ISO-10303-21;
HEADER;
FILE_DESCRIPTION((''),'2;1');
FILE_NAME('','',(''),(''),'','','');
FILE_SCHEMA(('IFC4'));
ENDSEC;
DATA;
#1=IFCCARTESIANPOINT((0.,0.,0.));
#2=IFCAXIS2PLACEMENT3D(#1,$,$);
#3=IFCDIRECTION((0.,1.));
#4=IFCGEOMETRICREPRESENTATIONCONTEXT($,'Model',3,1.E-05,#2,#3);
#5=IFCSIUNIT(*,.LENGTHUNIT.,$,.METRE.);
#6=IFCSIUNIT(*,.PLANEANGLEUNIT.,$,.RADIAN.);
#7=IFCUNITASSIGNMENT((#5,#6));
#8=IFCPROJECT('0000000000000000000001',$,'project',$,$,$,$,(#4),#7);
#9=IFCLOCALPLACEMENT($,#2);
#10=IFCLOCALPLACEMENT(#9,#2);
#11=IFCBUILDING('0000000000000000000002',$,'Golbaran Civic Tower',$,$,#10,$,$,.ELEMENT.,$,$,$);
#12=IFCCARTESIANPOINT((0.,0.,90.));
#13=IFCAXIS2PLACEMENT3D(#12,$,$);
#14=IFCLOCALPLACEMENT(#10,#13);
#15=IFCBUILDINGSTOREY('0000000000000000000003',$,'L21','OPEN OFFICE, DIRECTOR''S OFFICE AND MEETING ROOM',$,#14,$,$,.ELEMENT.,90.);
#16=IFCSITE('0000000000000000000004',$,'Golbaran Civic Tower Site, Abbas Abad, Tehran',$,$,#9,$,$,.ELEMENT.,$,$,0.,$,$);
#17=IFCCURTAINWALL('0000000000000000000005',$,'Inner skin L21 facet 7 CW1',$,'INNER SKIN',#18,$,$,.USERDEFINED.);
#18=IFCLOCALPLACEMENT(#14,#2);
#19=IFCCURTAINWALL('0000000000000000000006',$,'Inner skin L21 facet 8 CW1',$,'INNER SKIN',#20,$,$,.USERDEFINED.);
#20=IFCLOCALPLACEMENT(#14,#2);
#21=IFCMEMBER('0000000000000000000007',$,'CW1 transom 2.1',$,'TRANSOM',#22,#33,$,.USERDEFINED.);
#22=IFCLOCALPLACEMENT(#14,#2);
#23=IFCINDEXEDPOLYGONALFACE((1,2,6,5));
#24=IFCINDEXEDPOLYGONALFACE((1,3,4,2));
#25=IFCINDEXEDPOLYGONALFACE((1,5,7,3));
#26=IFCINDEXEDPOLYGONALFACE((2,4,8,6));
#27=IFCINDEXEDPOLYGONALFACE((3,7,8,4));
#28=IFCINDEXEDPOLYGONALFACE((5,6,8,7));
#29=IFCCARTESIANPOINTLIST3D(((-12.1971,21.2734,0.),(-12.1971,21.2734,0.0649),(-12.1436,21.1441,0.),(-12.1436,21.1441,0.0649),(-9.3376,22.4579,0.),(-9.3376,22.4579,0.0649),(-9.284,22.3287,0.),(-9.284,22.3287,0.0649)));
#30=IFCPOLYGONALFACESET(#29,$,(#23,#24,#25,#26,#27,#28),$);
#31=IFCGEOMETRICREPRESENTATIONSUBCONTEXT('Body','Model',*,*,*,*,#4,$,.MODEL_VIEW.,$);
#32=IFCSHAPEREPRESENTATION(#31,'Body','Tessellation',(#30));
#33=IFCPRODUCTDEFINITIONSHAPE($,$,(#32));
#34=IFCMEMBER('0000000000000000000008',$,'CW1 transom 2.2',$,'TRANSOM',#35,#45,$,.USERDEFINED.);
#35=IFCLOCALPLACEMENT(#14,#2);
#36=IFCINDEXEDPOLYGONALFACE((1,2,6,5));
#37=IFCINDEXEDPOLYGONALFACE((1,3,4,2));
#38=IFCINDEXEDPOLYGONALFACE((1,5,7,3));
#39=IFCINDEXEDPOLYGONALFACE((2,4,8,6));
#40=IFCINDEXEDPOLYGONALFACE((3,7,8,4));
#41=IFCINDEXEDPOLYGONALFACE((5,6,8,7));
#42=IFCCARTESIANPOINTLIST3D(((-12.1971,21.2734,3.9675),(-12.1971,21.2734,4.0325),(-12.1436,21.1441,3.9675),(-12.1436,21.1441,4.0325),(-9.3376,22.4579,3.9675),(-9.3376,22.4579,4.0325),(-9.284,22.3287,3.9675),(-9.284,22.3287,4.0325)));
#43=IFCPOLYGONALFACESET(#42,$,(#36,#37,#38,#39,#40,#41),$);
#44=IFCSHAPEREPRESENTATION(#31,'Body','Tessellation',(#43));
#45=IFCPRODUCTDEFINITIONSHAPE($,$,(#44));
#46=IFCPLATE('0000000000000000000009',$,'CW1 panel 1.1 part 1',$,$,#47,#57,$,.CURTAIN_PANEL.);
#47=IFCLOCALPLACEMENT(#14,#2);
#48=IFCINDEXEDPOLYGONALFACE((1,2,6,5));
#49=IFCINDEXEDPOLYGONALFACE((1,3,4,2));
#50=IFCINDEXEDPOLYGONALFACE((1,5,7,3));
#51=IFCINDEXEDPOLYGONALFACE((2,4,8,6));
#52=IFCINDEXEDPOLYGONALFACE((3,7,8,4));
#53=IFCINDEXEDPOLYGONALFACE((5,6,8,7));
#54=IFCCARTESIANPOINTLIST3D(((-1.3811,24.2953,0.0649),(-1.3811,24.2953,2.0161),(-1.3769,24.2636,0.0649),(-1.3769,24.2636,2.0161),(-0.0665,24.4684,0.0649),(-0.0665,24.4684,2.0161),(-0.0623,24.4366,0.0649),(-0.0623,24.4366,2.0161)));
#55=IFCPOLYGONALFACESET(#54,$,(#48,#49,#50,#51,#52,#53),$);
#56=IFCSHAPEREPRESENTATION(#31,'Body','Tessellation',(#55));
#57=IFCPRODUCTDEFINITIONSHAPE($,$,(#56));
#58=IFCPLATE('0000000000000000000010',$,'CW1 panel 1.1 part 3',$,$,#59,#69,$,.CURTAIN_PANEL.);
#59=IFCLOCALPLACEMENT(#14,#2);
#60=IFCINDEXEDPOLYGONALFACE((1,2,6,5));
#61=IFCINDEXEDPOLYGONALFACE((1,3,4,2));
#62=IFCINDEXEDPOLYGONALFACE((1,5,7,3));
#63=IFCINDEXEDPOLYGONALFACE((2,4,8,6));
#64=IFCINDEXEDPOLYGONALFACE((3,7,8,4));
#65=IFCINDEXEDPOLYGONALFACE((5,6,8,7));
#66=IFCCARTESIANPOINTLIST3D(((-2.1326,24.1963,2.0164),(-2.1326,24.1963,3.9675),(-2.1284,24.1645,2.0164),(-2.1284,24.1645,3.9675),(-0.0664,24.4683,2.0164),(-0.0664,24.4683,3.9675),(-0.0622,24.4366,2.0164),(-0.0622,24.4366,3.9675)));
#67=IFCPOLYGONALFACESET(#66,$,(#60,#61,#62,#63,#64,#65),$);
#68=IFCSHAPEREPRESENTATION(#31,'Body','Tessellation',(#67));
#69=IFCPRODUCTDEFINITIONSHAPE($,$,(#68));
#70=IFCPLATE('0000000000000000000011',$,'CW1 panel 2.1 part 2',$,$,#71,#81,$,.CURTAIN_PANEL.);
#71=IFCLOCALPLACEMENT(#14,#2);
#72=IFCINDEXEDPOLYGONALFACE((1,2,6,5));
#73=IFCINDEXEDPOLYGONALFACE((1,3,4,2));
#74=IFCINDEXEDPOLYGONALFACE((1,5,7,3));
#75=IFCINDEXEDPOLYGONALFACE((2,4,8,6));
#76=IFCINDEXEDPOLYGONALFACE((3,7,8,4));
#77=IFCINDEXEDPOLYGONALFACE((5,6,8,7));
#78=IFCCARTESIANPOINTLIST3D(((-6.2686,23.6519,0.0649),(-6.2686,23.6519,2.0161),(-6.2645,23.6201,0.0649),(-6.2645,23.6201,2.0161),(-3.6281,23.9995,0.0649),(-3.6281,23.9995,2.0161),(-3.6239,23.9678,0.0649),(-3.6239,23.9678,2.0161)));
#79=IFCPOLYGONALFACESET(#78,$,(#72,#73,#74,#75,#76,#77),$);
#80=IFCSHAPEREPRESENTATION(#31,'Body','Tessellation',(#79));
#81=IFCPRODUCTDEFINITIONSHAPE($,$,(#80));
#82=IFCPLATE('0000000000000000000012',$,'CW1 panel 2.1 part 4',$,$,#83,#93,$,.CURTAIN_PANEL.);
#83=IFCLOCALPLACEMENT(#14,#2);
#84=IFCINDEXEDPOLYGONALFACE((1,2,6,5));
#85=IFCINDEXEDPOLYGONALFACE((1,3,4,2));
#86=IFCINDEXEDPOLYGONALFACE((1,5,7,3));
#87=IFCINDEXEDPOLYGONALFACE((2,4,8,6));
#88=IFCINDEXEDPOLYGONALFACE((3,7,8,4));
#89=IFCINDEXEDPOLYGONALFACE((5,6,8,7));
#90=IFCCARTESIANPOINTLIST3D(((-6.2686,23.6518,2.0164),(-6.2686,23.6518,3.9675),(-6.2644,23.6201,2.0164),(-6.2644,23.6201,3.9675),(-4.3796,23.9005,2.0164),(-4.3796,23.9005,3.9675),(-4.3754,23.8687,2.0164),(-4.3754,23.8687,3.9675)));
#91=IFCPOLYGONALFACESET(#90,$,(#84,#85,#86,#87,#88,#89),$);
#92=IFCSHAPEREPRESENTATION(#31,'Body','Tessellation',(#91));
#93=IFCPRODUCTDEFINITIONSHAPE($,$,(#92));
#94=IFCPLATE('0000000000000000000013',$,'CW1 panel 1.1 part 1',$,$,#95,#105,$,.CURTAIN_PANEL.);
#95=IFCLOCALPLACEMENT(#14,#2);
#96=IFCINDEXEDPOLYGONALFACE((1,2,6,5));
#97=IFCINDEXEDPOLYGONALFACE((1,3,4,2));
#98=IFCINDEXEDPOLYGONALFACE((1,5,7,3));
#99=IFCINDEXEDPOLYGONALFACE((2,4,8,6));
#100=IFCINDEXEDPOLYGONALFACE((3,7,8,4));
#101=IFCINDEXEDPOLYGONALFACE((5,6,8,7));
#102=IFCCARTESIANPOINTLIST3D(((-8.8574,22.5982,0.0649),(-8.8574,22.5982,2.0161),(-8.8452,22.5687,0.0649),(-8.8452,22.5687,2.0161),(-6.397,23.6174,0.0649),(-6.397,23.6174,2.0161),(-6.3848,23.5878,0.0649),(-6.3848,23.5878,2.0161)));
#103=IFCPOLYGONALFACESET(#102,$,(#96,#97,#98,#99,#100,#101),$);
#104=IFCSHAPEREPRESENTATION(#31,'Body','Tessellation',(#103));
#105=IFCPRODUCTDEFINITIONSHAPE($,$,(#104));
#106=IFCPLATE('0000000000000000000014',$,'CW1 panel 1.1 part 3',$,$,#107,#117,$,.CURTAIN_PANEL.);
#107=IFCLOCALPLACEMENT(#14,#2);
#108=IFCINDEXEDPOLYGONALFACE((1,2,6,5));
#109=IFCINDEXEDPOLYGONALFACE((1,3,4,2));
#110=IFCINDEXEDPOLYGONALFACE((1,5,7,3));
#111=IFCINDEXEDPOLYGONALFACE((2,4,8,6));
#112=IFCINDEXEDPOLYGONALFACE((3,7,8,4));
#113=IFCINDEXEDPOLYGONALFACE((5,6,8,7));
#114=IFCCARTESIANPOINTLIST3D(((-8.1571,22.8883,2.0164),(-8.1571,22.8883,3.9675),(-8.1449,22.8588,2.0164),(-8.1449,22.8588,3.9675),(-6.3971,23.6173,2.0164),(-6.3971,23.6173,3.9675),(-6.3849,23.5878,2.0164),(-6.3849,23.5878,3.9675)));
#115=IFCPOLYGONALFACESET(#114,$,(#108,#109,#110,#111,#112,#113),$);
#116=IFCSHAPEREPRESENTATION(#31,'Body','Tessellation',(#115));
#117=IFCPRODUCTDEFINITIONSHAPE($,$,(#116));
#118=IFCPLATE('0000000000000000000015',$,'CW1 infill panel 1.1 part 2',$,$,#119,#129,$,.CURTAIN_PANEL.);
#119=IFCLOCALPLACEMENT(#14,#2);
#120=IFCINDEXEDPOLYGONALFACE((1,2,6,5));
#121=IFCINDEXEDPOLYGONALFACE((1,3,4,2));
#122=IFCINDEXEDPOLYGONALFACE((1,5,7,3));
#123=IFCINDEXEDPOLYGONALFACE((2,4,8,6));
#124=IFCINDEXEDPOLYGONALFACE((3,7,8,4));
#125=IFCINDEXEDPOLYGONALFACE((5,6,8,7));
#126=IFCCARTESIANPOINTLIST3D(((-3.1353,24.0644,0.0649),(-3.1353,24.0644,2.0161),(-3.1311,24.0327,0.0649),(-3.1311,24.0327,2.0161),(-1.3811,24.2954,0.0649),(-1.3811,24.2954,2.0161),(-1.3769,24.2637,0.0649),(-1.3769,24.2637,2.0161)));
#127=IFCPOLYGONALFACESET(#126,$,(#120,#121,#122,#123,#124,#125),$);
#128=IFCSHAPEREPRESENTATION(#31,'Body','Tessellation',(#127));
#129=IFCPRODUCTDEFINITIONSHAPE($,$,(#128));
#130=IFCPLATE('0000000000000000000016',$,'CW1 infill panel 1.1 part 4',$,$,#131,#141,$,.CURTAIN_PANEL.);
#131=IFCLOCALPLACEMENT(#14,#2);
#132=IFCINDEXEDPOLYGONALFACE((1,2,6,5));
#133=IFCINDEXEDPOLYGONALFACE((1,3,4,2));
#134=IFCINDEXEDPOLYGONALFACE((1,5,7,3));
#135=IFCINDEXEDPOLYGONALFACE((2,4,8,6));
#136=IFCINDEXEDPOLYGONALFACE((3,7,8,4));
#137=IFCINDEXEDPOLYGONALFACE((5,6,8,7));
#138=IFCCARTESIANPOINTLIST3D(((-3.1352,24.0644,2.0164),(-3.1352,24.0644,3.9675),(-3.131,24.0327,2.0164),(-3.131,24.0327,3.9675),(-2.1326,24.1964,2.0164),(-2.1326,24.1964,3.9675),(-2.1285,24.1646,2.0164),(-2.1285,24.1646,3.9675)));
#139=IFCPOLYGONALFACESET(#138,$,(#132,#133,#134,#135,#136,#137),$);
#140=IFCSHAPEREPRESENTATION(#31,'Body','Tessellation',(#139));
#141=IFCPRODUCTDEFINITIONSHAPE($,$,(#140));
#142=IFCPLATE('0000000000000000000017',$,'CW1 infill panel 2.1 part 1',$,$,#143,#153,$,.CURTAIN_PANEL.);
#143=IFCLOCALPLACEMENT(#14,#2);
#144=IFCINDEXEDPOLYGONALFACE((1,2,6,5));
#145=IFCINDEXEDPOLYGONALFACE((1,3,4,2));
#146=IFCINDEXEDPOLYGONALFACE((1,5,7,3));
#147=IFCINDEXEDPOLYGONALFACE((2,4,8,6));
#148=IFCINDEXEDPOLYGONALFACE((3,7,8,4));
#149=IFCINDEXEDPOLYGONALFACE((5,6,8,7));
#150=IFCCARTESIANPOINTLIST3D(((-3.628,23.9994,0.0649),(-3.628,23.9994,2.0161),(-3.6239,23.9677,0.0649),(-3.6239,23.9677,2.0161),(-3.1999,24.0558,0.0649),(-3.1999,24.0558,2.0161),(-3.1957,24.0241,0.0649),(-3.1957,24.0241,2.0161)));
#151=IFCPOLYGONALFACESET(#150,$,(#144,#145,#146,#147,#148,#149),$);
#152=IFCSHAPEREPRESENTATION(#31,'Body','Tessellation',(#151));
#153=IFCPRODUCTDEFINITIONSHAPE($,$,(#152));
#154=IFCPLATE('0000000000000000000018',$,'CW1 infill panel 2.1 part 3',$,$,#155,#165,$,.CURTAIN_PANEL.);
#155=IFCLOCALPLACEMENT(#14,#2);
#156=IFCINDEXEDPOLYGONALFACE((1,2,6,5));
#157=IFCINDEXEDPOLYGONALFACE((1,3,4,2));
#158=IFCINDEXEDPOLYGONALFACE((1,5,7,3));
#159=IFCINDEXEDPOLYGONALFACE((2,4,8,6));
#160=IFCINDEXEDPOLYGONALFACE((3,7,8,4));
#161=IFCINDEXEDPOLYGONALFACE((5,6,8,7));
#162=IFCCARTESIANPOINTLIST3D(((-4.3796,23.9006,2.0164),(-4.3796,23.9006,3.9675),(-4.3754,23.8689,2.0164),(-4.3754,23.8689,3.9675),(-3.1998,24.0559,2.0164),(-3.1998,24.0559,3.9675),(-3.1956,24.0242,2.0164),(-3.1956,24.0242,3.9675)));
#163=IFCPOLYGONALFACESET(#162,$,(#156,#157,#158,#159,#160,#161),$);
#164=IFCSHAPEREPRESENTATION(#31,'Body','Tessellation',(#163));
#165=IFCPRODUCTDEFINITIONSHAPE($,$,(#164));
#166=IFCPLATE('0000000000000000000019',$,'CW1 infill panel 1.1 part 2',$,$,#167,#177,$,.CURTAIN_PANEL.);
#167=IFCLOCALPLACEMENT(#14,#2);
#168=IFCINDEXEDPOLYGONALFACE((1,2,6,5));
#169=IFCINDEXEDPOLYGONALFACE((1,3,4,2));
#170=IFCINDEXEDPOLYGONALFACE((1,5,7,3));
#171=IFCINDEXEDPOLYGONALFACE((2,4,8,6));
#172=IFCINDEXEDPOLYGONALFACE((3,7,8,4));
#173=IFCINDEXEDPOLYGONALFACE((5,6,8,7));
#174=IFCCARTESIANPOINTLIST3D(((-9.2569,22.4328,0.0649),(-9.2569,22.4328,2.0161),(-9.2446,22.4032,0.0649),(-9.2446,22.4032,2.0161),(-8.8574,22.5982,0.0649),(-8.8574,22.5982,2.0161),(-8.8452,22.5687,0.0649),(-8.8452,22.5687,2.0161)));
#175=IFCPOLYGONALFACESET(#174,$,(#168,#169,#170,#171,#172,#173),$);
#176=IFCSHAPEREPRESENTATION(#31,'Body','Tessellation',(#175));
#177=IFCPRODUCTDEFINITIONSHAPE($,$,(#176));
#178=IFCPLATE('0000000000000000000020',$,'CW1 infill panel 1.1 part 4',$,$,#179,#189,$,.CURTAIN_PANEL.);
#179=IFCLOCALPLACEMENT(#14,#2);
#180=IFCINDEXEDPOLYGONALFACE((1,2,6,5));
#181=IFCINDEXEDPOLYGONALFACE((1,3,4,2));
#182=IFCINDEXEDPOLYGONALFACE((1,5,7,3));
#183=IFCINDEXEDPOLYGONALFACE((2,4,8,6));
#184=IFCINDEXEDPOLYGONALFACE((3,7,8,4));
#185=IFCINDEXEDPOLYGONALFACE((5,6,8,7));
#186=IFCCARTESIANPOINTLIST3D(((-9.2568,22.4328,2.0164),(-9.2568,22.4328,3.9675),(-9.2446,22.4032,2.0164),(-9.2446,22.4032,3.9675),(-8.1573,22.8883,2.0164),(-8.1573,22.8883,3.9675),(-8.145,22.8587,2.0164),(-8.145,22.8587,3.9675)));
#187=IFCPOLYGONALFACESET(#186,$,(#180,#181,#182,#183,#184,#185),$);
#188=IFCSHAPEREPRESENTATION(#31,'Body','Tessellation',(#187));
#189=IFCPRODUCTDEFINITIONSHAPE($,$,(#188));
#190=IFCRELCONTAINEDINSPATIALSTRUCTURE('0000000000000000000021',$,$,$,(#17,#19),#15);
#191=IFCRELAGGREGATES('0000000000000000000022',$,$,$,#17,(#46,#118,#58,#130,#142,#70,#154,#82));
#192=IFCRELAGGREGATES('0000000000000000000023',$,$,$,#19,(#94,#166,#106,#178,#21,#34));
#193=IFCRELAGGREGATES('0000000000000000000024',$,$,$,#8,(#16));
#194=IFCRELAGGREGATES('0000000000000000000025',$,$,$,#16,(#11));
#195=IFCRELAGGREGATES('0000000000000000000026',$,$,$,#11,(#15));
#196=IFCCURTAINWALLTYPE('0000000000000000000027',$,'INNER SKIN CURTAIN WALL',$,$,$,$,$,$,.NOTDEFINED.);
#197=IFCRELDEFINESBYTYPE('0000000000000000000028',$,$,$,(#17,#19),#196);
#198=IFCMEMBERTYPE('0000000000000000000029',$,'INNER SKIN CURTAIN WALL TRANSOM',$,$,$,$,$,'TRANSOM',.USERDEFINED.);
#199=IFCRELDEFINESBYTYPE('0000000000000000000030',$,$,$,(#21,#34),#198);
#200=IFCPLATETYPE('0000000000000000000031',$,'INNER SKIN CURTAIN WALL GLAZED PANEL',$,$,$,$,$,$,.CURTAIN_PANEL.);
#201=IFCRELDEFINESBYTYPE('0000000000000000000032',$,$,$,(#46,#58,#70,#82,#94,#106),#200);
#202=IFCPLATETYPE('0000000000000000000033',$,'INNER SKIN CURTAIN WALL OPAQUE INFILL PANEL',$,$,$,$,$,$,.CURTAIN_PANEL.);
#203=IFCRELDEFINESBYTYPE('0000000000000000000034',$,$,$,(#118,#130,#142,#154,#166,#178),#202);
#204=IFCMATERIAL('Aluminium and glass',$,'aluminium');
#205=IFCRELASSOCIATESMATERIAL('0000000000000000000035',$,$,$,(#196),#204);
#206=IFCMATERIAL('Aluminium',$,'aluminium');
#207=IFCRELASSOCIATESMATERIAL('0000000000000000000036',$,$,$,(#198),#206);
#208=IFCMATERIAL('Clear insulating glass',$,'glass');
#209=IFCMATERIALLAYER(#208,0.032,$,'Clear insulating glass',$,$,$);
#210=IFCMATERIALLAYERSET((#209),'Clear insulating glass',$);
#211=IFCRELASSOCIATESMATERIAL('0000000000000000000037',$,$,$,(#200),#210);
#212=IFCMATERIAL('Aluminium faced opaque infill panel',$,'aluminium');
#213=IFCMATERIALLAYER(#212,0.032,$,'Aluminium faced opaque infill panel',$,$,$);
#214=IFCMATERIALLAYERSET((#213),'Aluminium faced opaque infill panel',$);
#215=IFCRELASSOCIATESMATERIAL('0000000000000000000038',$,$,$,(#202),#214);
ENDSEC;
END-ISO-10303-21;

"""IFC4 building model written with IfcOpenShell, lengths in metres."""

from ifc_helpers import new_model, si_unit, direction, frame, origin, origin_2d, place, context, subcontext, project, spatial, rectangle, extrude, material, layer, layer_set, material_profile, profile_set, type_object, element, aggregate, save


model = new_model("IFC4")

# Units and contexts
model_context = context("Model", 3, precision=1e-05, world=origin(), true_north=direction((0.0, 1.0)))
body_context = subcontext(model_context, "Body", "Model", "MODEL_VIEW")
ifc_project = project(units=[si_unit("LENGTHUNIT", "METRE"), si_unit("PLANEANGLEUNIT", "RADIAN")], contexts=[model_context])

# Site, building, storey
site_placement = place(None, origin())
site = spatial("IfcSite", under=ifc_project, at=site_placement, Name="Golbaran Civic Tower Site, Abbas Abad, Tehran", CompositionType="ELEMENT", RefElevation=0.0)
building_placement = place(site_placement, origin())
building = spatial("IfcBuilding", under=site, at=building_placement, Name="Golbaran Civic Tower", CompositionType="ELEMENT")
storey_placement = place(building_placement, frame((0.0, 0.0, 90.0)))
storey = spatial("IfcBuildingStorey", under=building, at=storey_placement, Name="L21", Description="OPEN OFFICE, DIRECTOR'S OFFICE AND MEETING ROOM", CompositionType="ELEMENT", Elevation=90.0)

# Curtain walls
ifc_material_1 = material(Name="Aluminium and glass", Category="aluminium")
curtain_wall_type = type_object("IfcCurtainWallType", Name="INNER SKIN CURTAIN WALL", PredefinedType="NOTDEFINED", material=ifc_material_1)
curtain_wall_1_placement = place(storey_placement, origin())
curtain_wall_1 = element("IfcCurtainWall", 1, at=curtain_wall_1_placement, inside=storey, type_object=curtain_wall_type, Name="Inner skin L21 facet 7 CW1", ObjectType="INNER SKIN", PredefinedType="USERDEFINED")
ifc_material_2 = material(Name="Aluminium", Category="aluminium")
curtain_wall_2_placement = place(storey_placement, origin())
curtain_wall_2 = element("IfcCurtainWall", 2, at=curtain_wall_2_placement, inside=storey, type_object=curtain_wall_type, Name="Inner skin L21 facet 8 CW1", ObjectType="INNER SKIN", PredefinedType="USERDEFINED")

# Members
ifc_material_profile_1 = material_profile(ifc_material_2, rectangle(XDim=0.1399, YDim=0.0649, at=origin_2d()), Name="INNER SKIN CURTAIN WALL TRANSOM")
ifc_profile_set_1 = profile_set([ifc_material_profile_1], Name="Aluminium")
member_type_1 = type_object("IfcMemberType", Name="INNER SKIN CURTAIN WALL TRANSOM", ElementType="TRANSOM", PredefinedType="USERDEFINED", material=ifc_profile_set_1)
member_1_placement = place(storey_placement, frame((-9.3108, 22.3933, 0.0325), z_axis=(-0.923871, -0.382705, 0.0), x_axis=(0.382705, -0.923871, 0.0)))
member_1 = element("IfcMember", 3, at=member_1_placement, type_object=member_type_1, Name="CW1 transom 2.1", ObjectType="TRANSOM", PredefinedType="USERDEFINED", context=body_context, shape_type="SweptSolid", body=[
    extrude(rectangle(XDim=0.1399, YDim=0.0649, at=origin_2d()), origin(), (0.0, 0.0, 1.0), 3.0952),
])
member_2_placement = place(storey_placement, frame((-9.3108, 22.3933, 4.0), z_axis=(-0.923871, -0.382705, 0.0), x_axis=(0.382705, -0.923871, 0.0)))
member_2 = element("IfcMember", 4, at=member_2_placement, type_object=member_type_1, Name="CW1 transom 2.2", ObjectType="TRANSOM", PredefinedType="USERDEFINED", context=body_context, shape_type="SweptSolid", body=[
    extrude(rectangle(XDim=0.1399, YDim=0.0649, at=origin_2d()), origin(), (0.0, 0.0, 1.0), 3.0952),
])

# Plates
ifc_material_3 = material(Name="Clear insulating glass", Category="glass")
ifc_layer_1 = layer(ifc_material_3, 0.032, Name="Clear insulating glass")
ifc_layer_set_1 = layer_set([ifc_layer_1], Name="Clear insulating glass")
plate_type_1 = type_object("IfcPlateType", Name="INNER SKIN CURTAIN WALL GLAZED PANEL", PredefinedType="CURTAIN_PANEL", material=ifc_layer_set_1)
plate_1_placement = place(storey_placement, frame((-0.7217, 24.366, 0.0649), z_axis=(0.0, 0.0, 1.0), x_axis=(-0.991445, -0.130526, 0.0)))
plate_1 = element("IfcPlate", 5, at=plate_1_placement, type_object=plate_type_1, Name="CW1 panel 1.1 part 1", PredefinedType="CURTAIN_PANEL", context=body_context, shape_type="SweptSolid", body=[
    extrude(rectangle(XDim=1.3259, YDim=0.032, at=origin_2d()), origin(), (0.0, 0.0, 1.0), 1.9512),
])
plate_2_placement = place(storey_placement, frame((-1.0974, 24.3164, 2.0164), z_axis=(0.0, 0.0, 1.0), x_axis=(-0.991445, -0.130526, 0.0)))
plate_2 = element("IfcPlate", 6, at=plate_2_placement, type_object=plate_type_1, Name="CW1 panel 1.1 part 3", PredefinedType="CURTAIN_PANEL", context=body_context, shape_type="SweptSolid", body=[
    extrude(rectangle(XDim=2.084, YDim=0.032, at=origin_2d()), origin(), (0.0, 0.0, 1.0), 1.9512),
])
plate_3_placement = place(storey_placement, frame((-4.9463, 23.8098, 0.0649), z_axis=(0.0, 0.0, 1.0), x_axis=(-0.991445, -0.130526, 0.0)))
plate_3 = element("IfcPlate", 7, at=plate_3_placement, type_object=plate_type_1, Name="CW1 panel 2.1 part 2", PredefinedType="CURTAIN_PANEL", context=body_context, shape_type="SweptSolid", body=[
    extrude(rectangle(XDim=2.6633, YDim=0.032, at=origin_2d()), origin(), (0.0, 0.0, 1.0), 1.9512),
])
plate_4_placement = place(storey_placement, frame((-5.322, 23.7603, 2.0164), z_axis=(0.0, 0.0, 1.0), x_axis=(-0.991445, -0.130526, 0.0)))
plate_4 = element("IfcPlate", 8, at=plate_4_placement, type_object=plate_type_1, Name="CW1 panel 2.1 part 4", PredefinedType="CURTAIN_PANEL", context=body_context, shape_type="SweptSolid", body=[
    extrude(rectangle(XDim=1.9053, YDim=0.032, at=origin_2d()), origin(), (0.0, 0.0, 1.0), 1.9512),
])
plate_5_placement = place(storey_placement, frame((-7.6211, 23.093, 0.0649), z_axis=(0.0, 0.0, 1.0), x_axis=(-0.92388, -0.382683, 0.0)))
plate_5 = element("IfcPlate", 9, at=plate_5_placement, type_object=plate_type_1, Name="CW1 panel 1.1 part 1", PredefinedType="CURTAIN_PANEL", context=body_context, shape_type="SweptSolid", body=[
    extrude(rectangle(XDim=2.6631, YDim=0.032, at=origin_2d()), origin(), (0.0, 0.0, 1.0), 1.9512),
])
plate_6_placement = place(storey_placement, frame((-7.271, 23.238, 2.0164), z_axis=(0.0, 0.0, 1.0), x_axis=(-0.92388, -0.382683, 0.0)))
plate_6 = element("IfcPlate", 10, at=plate_6_placement, type_object=plate_type_1, Name="CW1 panel 1.1 part 3", PredefinedType="CURTAIN_PANEL", context=body_context, shape_type="SweptSolid", body=[
    extrude(rectangle(XDim=1.905, YDim=0.032, at=origin_2d()), origin(), (0.0, 0.0, 1.0), 1.9512),
])
ifc_material_4 = material(Name="Aluminium faced opaque infill panel", Category="aluminium")
ifc_layer_2 = layer(ifc_material_4, 0.032, Name="Aluminium faced opaque infill panel")
ifc_layer_set_2 = layer_set([ifc_layer_2], Name="Aluminium faced opaque infill panel")
plate_type_2 = type_object("IfcPlateType", Name="INNER SKIN CURTAIN WALL OPAQUE INFILL PANEL", PredefinedType="CURTAIN_PANEL", material=ifc_layer_set_2)
plate_7_placement = place(storey_placement, frame((-2.2561, 24.1641, 0.0649), z_axis=(0.0, 0.0, 1.0), x_axis=(-0.991445, -0.130526, 0.0)))
plate_7 = element("IfcPlate", 11, at=plate_7_placement, type_object=plate_type_2, Name="CW1 infill panel 1.1 part 2", PredefinedType="CURTAIN_PANEL", context=body_context, shape_type="SweptSolid", body=[
    extrude(rectangle(XDim=1.7693, YDim=0.032, at=origin_2d()), origin(), (0.0, 0.0, 1.0), 1.9512),
])
plate_8_placement = place(storey_placement, frame((-2.6318, 24.1145, 2.0164), z_axis=(0.0, 0.0, 1.0), x_axis=(-0.991445, -0.130526, 0.0)))
plate_8 = element("IfcPlate", 12, at=plate_8_placement, type_object=plate_type_2, Name="CW1 infill panel 1.1 part 4", PredefinedType="CURTAIN_PANEL", context=body_context, shape_type="SweptSolid", body=[
    extrude(rectangle(XDim=1.0112, YDim=0.032, at=origin_2d()), origin(), (0.0, 0.0, 1.0), 1.9512),
])
plate_9_placement = place(storey_placement, frame((-3.4119, 24.0117, 0.0649), z_axis=(0.0, 0.0, 1.0), x_axis=(-0.991445, -0.130526, 0.0)))
plate_9 = element("IfcPlate", 13, at=plate_9_placement, type_object=plate_type_2, Name="CW1 infill panel 2.1 part 1", PredefinedType="CURTAIN_PANEL", context=body_context, shape_type="SweptSolid", body=[
    extrude(rectangle(XDim=0.4319, YDim=0.032, at=origin_2d()), origin(), (0.0, 0.0, 1.0), 1.9512),
])
plate_10_placement = place(storey_placement, frame((-3.7876, 23.9624, 2.0164), z_axis=(0.0, 0.0, 1.0), x_axis=(-0.991445, -0.130526, 0.0)))
plate_10 = element("IfcPlate", 14, at=plate_10_placement, type_object=plate_type_2, Name="CW1 infill panel 2.1 part 3", PredefinedType="CURTAIN_PANEL", context=body_context, shape_type="SweptSolid", body=[
    extrude(rectangle(XDim=1.1899, YDim=0.032, at=origin_2d()), origin(), (0.0, 0.0, 1.0), 1.9512),
])
aggregate(curtain_wall_1, [plate_1, plate_7, plate_2, plate_8, plate_9, plate_3, plate_10, plate_4])
plate_11_placement = place(storey_placement, frame((-9.051, 22.5007, 0.0649), z_axis=(0.0, 0.0, 1.0), x_axis=(-0.92388, -0.382683, 0.0)))
plate_11 = element("IfcPlate", 15, at=plate_11_placement, type_object=plate_type_2, Name="CW1 infill panel 1.1 part 2", PredefinedType="CURTAIN_PANEL", context=body_context, shape_type="SweptSolid", body=[
    extrude(rectangle(XDim=0.4324, YDim=0.032, at=origin_2d()), origin(), (0.0, 0.0, 1.0), 1.9512),
])
plate_12_placement = place(storey_placement, frame((-8.7009, 22.6458, 2.0164), z_axis=(0.0, 0.0, 1.0), x_axis=(-0.92388, -0.382683, 0.0)))
plate_12 = element("IfcPlate", 16, at=plate_12_placement, type_object=plate_type_2, Name="CW1 infill panel 1.1 part 4", PredefinedType="CURTAIN_PANEL", context=body_context, shape_type="SweptSolid", body=[
    extrude(rectangle(XDim=1.1902, YDim=0.032, at=origin_2d()), origin(), (0.0, 0.0, 1.0), 1.9512),
])
aggregate(curtain_wall_2, [plate_5, plate_11, plate_6, plate_12, member_1, member_2])

save(model, "model.ifc")
